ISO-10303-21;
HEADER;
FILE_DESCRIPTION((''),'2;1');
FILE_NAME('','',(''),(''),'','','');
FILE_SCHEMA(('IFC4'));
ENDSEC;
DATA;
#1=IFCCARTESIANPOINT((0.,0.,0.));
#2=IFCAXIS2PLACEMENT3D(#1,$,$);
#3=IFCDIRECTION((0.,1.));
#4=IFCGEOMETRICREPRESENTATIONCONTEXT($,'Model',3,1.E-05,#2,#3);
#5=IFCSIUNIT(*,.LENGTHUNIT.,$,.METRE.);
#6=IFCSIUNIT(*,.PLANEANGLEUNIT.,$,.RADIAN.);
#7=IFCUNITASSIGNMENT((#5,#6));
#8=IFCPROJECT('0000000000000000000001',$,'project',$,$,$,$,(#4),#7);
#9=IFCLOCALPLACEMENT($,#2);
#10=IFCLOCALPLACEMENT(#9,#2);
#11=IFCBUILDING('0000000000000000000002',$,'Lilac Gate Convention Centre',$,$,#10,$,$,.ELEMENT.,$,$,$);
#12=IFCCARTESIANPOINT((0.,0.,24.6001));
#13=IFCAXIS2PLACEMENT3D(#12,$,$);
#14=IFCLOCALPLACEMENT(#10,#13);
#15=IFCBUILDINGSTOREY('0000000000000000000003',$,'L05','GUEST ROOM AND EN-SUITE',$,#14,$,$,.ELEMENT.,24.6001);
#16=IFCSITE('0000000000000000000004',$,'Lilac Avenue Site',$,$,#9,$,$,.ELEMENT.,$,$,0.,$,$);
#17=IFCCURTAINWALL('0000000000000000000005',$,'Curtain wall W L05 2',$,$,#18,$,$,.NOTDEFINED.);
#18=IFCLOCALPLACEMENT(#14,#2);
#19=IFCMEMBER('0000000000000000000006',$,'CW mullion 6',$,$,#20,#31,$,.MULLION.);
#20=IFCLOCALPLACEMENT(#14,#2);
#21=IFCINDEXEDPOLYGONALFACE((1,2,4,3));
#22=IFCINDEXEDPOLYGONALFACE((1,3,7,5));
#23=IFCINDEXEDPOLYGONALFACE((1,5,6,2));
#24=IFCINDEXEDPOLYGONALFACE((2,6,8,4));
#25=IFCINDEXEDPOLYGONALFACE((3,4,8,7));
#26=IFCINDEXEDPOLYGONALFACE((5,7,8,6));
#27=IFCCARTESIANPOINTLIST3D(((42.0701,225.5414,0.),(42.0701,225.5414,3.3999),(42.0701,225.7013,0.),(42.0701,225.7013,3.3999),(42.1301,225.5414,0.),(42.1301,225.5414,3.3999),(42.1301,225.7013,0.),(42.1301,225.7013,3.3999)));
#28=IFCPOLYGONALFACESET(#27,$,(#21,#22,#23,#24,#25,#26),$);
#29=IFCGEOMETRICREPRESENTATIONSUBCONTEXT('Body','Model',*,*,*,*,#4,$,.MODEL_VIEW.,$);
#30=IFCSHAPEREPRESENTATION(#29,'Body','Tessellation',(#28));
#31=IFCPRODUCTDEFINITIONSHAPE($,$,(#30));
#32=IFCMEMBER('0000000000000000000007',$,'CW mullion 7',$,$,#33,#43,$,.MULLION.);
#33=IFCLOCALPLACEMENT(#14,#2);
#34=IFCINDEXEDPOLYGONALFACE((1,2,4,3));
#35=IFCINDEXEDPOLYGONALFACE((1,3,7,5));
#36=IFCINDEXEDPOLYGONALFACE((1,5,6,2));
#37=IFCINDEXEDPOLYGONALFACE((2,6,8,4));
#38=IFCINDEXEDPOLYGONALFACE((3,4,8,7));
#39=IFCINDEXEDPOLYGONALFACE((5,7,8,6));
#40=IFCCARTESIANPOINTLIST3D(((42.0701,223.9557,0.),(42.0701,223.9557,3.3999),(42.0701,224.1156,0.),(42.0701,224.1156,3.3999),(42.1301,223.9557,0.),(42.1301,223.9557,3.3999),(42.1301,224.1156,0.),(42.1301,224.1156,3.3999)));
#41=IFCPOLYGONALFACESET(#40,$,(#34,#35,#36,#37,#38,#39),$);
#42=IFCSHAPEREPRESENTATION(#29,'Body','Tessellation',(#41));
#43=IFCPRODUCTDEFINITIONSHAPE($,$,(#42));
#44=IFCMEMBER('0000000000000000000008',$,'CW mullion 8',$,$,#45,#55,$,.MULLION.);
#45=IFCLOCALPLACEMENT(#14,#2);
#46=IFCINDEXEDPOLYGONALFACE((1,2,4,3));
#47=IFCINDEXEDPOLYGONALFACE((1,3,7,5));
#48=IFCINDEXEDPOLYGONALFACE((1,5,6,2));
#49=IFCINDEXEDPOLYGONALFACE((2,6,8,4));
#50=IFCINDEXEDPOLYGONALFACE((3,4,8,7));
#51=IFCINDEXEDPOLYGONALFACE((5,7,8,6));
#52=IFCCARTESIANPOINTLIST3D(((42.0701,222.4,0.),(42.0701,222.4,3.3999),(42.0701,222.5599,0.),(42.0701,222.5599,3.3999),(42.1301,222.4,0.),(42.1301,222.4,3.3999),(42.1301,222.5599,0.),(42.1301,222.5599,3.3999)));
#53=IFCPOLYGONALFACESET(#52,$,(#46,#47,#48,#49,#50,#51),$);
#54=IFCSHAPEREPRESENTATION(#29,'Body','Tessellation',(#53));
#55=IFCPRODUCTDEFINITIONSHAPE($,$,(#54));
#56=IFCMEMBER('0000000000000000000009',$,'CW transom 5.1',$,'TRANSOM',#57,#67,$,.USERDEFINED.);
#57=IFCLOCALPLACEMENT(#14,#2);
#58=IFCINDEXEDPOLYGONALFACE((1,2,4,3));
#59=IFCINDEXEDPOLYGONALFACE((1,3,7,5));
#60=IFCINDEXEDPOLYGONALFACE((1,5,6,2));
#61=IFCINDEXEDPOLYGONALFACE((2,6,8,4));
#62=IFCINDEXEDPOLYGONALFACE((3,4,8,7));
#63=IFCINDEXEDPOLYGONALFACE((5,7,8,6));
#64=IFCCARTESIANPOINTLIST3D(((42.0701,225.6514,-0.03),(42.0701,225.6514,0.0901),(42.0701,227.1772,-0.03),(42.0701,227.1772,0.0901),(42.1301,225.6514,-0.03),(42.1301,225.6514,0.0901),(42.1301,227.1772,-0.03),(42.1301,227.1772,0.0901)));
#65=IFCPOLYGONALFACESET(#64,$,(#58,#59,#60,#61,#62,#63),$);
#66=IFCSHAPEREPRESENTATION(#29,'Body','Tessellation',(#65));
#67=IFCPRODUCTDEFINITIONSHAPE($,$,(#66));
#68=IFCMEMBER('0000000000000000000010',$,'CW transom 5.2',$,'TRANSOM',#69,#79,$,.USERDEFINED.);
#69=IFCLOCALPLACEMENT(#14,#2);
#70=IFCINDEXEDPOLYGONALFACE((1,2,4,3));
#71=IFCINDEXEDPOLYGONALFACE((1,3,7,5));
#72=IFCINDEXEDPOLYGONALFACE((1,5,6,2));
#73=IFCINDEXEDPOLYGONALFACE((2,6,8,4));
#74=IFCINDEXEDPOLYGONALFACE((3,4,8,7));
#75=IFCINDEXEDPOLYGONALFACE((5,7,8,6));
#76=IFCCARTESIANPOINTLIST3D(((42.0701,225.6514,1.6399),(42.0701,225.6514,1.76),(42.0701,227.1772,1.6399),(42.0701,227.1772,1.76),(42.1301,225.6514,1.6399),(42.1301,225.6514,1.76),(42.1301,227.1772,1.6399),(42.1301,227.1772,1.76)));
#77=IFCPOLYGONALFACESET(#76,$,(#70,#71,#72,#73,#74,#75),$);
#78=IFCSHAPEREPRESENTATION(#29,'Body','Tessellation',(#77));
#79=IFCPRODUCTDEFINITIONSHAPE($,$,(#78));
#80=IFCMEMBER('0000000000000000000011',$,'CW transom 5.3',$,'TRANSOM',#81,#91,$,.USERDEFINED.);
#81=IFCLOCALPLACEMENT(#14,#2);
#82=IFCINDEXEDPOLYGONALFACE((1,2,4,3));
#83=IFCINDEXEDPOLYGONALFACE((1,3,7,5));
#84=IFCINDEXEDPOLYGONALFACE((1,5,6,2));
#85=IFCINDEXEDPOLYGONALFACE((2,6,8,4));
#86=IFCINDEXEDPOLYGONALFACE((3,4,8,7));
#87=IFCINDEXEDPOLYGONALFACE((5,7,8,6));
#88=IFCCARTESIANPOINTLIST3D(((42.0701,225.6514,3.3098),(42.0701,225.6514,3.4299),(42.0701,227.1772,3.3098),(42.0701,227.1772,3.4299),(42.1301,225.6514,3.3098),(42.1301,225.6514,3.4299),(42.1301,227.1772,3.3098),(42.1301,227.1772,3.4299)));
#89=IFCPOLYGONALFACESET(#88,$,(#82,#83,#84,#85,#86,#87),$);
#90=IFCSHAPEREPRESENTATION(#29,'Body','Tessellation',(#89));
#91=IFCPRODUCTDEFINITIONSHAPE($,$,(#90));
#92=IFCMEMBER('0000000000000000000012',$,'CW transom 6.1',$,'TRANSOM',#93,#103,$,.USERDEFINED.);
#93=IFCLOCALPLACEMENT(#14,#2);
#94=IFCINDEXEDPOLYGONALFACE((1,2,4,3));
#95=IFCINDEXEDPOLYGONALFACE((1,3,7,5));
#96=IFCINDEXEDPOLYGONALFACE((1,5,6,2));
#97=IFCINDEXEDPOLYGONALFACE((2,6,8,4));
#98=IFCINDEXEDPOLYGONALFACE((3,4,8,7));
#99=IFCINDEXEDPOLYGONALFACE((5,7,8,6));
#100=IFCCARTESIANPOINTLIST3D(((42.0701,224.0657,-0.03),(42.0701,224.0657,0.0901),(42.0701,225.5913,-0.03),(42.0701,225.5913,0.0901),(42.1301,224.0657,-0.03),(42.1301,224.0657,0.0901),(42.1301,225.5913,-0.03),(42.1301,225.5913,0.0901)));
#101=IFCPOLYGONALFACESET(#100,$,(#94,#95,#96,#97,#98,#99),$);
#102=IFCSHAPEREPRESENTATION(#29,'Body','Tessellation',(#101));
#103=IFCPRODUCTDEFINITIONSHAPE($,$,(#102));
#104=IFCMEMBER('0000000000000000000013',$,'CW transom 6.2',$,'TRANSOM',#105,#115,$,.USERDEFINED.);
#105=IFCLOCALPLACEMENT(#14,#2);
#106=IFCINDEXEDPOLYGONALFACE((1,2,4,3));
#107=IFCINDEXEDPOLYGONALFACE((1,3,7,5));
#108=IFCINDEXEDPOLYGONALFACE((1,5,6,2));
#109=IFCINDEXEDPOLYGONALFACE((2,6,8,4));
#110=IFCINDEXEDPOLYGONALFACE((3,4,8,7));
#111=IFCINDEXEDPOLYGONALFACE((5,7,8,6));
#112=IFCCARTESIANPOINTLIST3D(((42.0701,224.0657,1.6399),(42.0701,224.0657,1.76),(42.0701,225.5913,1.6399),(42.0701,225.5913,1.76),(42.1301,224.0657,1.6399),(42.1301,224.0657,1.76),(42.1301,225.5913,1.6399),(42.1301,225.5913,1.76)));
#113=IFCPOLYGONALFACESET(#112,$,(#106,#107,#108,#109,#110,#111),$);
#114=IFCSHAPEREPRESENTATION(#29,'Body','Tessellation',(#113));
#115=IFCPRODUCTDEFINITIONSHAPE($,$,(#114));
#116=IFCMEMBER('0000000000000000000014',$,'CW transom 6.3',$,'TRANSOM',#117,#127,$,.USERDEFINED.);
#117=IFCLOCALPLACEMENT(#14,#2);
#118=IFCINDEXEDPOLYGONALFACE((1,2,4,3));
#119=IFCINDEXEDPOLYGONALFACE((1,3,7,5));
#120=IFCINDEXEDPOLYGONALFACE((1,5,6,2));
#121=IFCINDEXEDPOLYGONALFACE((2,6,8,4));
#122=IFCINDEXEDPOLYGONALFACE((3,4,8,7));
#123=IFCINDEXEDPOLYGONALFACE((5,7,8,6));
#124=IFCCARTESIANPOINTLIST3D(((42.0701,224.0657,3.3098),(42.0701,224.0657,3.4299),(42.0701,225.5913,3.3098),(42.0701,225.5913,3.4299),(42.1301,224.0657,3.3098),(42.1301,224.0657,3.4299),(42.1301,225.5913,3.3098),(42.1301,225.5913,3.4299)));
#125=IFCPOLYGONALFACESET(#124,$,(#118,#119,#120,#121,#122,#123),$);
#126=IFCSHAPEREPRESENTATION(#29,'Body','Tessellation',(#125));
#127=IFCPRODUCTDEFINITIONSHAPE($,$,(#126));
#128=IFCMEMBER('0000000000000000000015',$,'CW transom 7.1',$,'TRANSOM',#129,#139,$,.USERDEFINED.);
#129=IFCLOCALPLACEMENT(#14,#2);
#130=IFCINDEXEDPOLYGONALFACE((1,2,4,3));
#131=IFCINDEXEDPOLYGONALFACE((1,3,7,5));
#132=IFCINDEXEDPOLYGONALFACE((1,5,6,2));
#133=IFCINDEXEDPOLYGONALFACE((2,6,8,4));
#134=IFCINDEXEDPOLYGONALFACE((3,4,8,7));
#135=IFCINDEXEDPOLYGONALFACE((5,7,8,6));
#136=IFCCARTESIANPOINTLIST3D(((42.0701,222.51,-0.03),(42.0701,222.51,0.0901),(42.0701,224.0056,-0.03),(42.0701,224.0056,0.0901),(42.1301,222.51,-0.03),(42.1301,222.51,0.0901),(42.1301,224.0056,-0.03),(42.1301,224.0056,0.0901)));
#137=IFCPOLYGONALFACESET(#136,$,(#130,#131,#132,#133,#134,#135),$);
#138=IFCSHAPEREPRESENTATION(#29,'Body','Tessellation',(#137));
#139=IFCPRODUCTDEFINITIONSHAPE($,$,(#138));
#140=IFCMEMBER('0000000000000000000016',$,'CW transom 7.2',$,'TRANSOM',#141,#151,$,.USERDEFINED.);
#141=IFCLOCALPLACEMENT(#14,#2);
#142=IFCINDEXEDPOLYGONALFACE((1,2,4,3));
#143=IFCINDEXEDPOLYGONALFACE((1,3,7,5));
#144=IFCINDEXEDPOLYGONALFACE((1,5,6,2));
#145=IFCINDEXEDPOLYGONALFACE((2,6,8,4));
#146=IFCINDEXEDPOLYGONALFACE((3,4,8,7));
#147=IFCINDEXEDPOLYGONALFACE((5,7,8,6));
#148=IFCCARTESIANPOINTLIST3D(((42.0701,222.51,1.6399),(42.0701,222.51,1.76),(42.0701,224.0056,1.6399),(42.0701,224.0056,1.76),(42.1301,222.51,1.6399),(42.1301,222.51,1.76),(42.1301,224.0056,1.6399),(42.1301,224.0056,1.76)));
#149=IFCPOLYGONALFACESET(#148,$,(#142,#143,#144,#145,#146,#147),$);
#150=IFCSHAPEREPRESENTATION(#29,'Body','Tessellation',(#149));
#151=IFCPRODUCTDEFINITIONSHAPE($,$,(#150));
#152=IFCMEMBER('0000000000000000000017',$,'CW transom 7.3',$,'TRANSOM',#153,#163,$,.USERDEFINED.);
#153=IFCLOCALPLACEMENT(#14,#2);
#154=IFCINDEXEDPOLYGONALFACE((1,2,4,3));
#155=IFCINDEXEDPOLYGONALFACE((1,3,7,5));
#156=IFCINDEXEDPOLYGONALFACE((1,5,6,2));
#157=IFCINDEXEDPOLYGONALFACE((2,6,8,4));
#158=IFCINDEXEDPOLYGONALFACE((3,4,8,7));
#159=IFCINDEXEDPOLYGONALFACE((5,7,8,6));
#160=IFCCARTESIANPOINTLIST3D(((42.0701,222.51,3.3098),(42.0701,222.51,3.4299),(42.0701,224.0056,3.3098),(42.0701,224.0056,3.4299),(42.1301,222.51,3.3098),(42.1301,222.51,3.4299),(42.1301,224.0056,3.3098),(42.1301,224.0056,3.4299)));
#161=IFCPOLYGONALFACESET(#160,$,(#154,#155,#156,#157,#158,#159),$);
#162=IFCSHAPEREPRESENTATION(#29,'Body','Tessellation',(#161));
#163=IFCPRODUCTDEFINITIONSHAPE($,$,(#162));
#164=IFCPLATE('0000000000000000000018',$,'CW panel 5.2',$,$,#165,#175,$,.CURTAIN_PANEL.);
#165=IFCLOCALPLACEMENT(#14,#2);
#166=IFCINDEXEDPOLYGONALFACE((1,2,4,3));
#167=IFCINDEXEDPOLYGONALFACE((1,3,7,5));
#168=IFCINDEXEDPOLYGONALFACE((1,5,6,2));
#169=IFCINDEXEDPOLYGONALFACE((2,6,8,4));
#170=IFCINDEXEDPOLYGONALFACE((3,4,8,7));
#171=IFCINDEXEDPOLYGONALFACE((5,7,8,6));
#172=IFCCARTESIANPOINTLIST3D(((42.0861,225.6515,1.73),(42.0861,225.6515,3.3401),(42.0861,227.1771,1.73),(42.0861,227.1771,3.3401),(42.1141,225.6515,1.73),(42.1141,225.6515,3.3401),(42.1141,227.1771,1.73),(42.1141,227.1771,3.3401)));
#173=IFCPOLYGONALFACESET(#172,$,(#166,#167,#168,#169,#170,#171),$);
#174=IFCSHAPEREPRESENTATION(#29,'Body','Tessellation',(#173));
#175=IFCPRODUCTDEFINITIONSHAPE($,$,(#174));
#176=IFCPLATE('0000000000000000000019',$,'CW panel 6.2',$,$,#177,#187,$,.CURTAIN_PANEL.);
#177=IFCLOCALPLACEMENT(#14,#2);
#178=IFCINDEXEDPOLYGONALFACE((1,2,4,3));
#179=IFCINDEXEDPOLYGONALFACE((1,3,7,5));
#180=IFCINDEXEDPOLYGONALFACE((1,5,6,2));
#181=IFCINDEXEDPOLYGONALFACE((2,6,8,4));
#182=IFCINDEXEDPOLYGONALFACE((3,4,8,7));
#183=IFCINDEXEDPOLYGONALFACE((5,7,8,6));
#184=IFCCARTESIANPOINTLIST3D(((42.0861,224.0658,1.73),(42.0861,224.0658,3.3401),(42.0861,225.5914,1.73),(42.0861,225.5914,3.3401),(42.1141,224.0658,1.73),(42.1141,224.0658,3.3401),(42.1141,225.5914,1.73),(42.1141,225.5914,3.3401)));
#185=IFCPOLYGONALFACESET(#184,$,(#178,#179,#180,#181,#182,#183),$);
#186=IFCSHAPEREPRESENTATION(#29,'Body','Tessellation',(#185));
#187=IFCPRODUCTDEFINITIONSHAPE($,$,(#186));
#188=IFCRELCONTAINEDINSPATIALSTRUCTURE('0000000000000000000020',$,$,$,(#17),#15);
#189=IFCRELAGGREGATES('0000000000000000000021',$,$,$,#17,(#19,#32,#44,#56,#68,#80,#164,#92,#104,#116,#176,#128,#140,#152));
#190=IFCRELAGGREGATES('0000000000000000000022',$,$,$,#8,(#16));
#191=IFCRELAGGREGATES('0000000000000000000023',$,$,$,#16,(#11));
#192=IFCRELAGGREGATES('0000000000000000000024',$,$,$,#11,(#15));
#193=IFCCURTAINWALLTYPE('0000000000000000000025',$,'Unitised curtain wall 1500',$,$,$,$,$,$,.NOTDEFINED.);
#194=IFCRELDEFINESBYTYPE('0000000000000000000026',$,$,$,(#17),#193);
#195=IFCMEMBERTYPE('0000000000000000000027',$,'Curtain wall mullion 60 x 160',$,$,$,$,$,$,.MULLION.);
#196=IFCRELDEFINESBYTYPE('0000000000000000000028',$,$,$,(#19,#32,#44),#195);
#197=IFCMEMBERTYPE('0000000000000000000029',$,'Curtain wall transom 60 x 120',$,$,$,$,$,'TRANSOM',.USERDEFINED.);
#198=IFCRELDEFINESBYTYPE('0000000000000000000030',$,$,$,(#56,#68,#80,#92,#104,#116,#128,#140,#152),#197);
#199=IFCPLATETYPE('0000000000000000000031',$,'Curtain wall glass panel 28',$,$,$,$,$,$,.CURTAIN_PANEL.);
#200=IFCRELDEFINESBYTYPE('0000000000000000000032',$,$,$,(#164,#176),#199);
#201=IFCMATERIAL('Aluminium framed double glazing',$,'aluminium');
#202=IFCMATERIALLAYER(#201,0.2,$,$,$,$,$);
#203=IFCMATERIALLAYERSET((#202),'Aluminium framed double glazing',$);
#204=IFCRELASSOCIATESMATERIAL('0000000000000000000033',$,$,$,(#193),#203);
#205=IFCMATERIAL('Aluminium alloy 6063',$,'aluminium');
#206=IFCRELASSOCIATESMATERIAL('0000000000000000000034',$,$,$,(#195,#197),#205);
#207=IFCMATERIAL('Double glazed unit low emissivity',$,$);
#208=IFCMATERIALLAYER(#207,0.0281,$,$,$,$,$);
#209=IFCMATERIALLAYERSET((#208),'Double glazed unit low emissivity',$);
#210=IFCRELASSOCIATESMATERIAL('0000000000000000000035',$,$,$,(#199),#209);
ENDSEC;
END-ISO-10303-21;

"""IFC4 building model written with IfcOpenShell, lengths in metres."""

from ifc_helpers import new_model, si_unit, direction, frame, origin, origin_2d, place, context, subcontext, project, spatial, rectangle, extrude, material, layer, layer_set, material_profile, profile_set, type_object, element, aggregate, save


model = new_model("IFC4")

# Units and contexts
model_context = context("Model", 3, precision=1e-05, world=origin(), true_north=direction((0.0, 1.0)))
body_context = subcontext(model_context, "Body", "Model", "MODEL_VIEW")
ifc_project = project(units=[si_unit("LENGTHUNIT", "METRE"), si_unit("PLANEANGLEUNIT", "RADIAN")], contexts=[model_context])

# Site, building, storey
site_placement = place(None, origin())
site = spatial("IfcSite", under=ifc_project, at=site_placement, Name="Lilac Avenue Site", CompositionType="ELEMENT", RefElevation=0.0)
building_placement = place(site_placement, origin())
building = spatial("IfcBuilding", under=site, at=building_placement, Name="Lilac Gate Convention Centre", CompositionType="ELEMENT")
storey_placement = place(building_placement, frame((0.0, 0.0, 24.6001)))
storey = spatial("IfcBuildingStorey", under=building, at=storey_placement, Name="L05", Description="GUEST ROOM AND EN-SUITE", CompositionType="ELEMENT", Elevation=24.6001)

# Curtain wall, members, plates
ifc_material_1 = material(Name="Aluminium framed double glazing", Category="aluminium")
ifc_layer_1 = layer(ifc_material_1, 0.2)
ifc_layer_set_1 = layer_set([ifc_layer_1], Name="Aluminium framed double glazing")
curtain_wall_type = type_object("IfcCurtainWallType", Name="Unitised curtain wall 1500", PredefinedType="NOTDEFINED", material=ifc_layer_set_1)
curtain_wall_placement = place(storey_placement, origin())
curtain_wall = element("IfcCurtainWall", 1, at=curtain_wall_placement, inside=storey, type_object=curtain_wall_type, Name="Curtain wall W L05 2", PredefinedType="NOTDEFINED")
ifc_material_2 = material(Name="Aluminium alloy 6063", Category="aluminium")
ifc_material_profile_1 = material_profile(ifc_material_2, rectangle(XDim=0.0601, YDim=0.1599, at=origin_2d()), Name="Curtain wall mullion 60 x 160")
ifc_profile_set_1 = profile_set([ifc_material_profile_1], Name="Aluminium alloy 6063")
member_type_1 = type_object("IfcMemberType", Name="Curtain wall mullion 60 x 160", PredefinedType="MULLION", material=ifc_profile_set_1)
member_1_placement = place(storey_placement, frame((42.1001, 225.6213, 0.0), z_axis=(0.0, 0.0, 1.0), x_axis=(1.0, 0.0, 0.0)))
member_1 = element("IfcMember", 2, at=member_1_placement, type_object=member_type_1, Name="CW mullion 6", PredefinedType="MULLION", context=body_context, shape_type="SweptSolid", body=[
    extrude(rectangle(XDim=0.0601, YDim=0.1599, at=origin_2d()), origin(), (0.0, 0.0, 1.0), 3.3999),
])
member_2_placement = place(storey_placement, frame((42.1001, 224.0356, 0.0), z_axis=(0.0, 0.0, 1.0), x_axis=(1.0, 0.0, 0.0)))
member_2 = element("IfcMember", 3, at=member_2_placement, type_object=member_type_1, Name="CW mullion 7", PredefinedType="MULLION", context=body_context, shape_type="SweptSolid", body=[
    extrude(rectangle(XDim=0.0601, YDim=0.1599, at=origin_2d()), origin(), (0.0, 0.0, 1.0), 3.3999),
])
member_3_placement = place(storey_placement, frame((42.1001, 222.48, 0.0), z_axis=(0.0, 0.0, 1.0), x_axis=(1.0, 0.0, 0.0)))
member_3 = element("IfcMember", 4, at=member_3_placement, type_object=member_type_1, Name="CW mullion 8", PredefinedType="MULLION", context=body_context, shape_type="SweptSolid", body=[
    extrude(rectangle(XDim=0.0601, YDim=0.1599, at=origin_2d()), origin(), (0.0, 0.0, 1.0), 3.3999),
])
ifc_material_profile_2 = material_profile(ifc_material_2, rectangle(XDim=0.0601, YDim=0.1201, at=origin_2d()), Name="Curtain wall transom 60 x 120")
ifc_profile_set_2 = profile_set([ifc_material_profile_2], Name="Aluminium alloy 6063")
member_type_2 = type_object("IfcMemberType", Name="Curtain wall transom 60 x 120", ElementType="TRANSOM", PredefinedType="USERDEFINED", material=ifc_profile_set_2)
member_4_placement = place(storey_placement, frame((42.1001, 227.1772, 0.03), z_axis=(0.0, -1.0, 0.0), x_axis=(1.0, 0.0, 0.0)))
member_4 = element("IfcMember", 5, at=member_4_placement, type_object=member_type_2, Name="CW transom 5.1", ObjectType="TRANSOM", PredefinedType="USERDEFINED", context=body_context, shape_type="SweptSolid", body=[
    extrude(rectangle(XDim=0.0601, YDim=0.1201, at=origin_2d()), origin(), (0.0, 0.0, 1.0), 1.5259),
])
member_5_placement = place(storey_placement, frame((42.1001, 227.1772, 1.7), z_axis=(0.0, -1.0, 0.0), x_axis=(1.0, 0.0, 0.0)))
member_5 = element("IfcMember", 6, at=member_5_placement, type_object=member_type_2, Name="CW transom 5.2", ObjectType="TRANSOM", PredefinedType="USERDEFINED", context=body_context, shape_type="SweptSolid", body=[
    extrude(rectangle(XDim=0.0601, YDim=0.1201, at=origin_2d()), origin(), (0.0, 0.0, 1.0), 1.5259),
])
member_6_placement = place(storey_placement, frame((42.1001, 227.1772, 3.3699), z_axis=(0.0, -1.0, 0.0), x_axis=(1.0, 0.0, 0.0)))
member_6 = element("IfcMember", 7, at=member_6_placement, type_object=member_type_2, Name="CW transom 5.3", ObjectType="TRANSOM", PredefinedType="USERDEFINED", context=body_context, shape_type="SweptSolid", body=[
    extrude(rectangle(XDim=0.0601, YDim=0.1201, at=origin_2d()), origin(), (0.0, 0.0, 1.0), 1.5259),
])
member_7_placement = place(storey_placement, frame((42.1001, 225.5913, 0.03), z_axis=(0.0, -1.0, 0.0), x_axis=(1.0, 0.0, 0.0)))
member_7 = element("IfcMember", 8, at=member_7_placement, type_object=member_type_2, Name="CW transom 6.1", ObjectType="TRANSOM", PredefinedType="USERDEFINED", context=body_context, shape_type="SweptSolid", body=[
    extrude(rectangle(XDim=0.0601, YDim=0.1201, at=origin_2d()), origin(), (0.0, 0.0, 1.0), 1.5256),
])
member_8_placement = place(storey_placement, frame((42.1001, 225.5913, 1.7), z_axis=(0.0, -1.0, 0.0), x_axis=(1.0, 0.0, 0.0)))
member_8 = element("IfcMember", 9, at=member_8_placement, type_object=member_type_2, Name="CW transom 6.2", ObjectType="TRANSOM", PredefinedType="USERDEFINED", context=body_context, shape_type="SweptSolid", body=[
    extrude(rectangle(XDim=0.0601, YDim=0.1201, at=origin_2d()), origin(), (0.0, 0.0, 1.0), 1.5256),
])
member_9_placement = place(storey_placement, frame((42.1001, 225.5913, 3.3699), z_axis=(0.0, -1.0, 0.0), x_axis=(1.0, 0.0, 0.0)))
member_9 = element("IfcMember", 10, at=member_9_placement, type_object=member_type_2, Name="CW transom 6.3", ObjectType="TRANSOM", PredefinedType="USERDEFINED", context=body_context, shape_type="SweptSolid", body=[
    extrude(rectangle(XDim=0.0601, YDim=0.1201, at=origin_2d()), origin(), (0.0, 0.0, 1.0), 1.5256),
])
member_10_placement = place(storey_placement, frame((42.1001, 224.0056, 0.03), z_axis=(0.0, -1.0, 0.0), x_axis=(1.0, 0.0, 0.0)))
member_10 = element("IfcMember", 11, at=member_10_placement, type_object=member_type_2, Name="CW transom 7.1", ObjectType="TRANSOM", PredefinedType="USERDEFINED", context=body_context, shape_type="SweptSolid", body=[
    extrude(rectangle(XDim=0.0601, YDim=0.1201, at=origin_2d()), origin(), (0.0, 0.0, 1.0), 1.4956),
])
member_11_placement = place(storey_placement, frame((42.1001, 224.0056, 1.7), z_axis=(0.0, -1.0, 0.0), x_axis=(1.0, 0.0, 0.0)))
member_11 = element("IfcMember", 12, at=member_11_placement, type_object=member_type_2, Name="CW transom 7.2", ObjectType="TRANSOM", PredefinedType="USERDEFINED", context=body_context, shape_type="SweptSolid", body=[
    extrude(rectangle(XDim=0.0601, YDim=0.1201, at=origin_2d()), origin(), (0.0, 0.0, 1.0), 1.4956),
])
member_12_placement = place(storey_placement, frame((42.1001, 224.0056, 3.3699), z_axis=(0.0, -1.0, 0.0), x_axis=(1.0, 0.0, 0.0)))
member_12 = element("IfcMember", 13, at=member_12_placement, type_object=member_type_2, Name="CW transom 7.3", ObjectType="TRANSOM", PredefinedType="USERDEFINED", context=body_context, shape_type="SweptSolid", body=[
    extrude(rectangle(XDim=0.0601, YDim=0.1201, at=origin_2d()), origin(), (0.0, 0.0, 1.0), 1.4956),
])
ifc_material_3 = material(Name="Double glazed unit low emissivity")
ifc_layer_2 = layer(ifc_material_3, 0.0281)
ifc_layer_set_2 = layer_set([ifc_layer_2], Name="Double glazed unit low emissivity")
plate_type_1 = type_object("IfcPlateType", Name="Curtain wall glass panel 28", PredefinedType="CURTAIN_PANEL", material=ifc_layer_set_2)
plate_1_placement = place(storey_placement, frame((42.1001, 226.4143, 1.73), z_axis=(0.0, 0.0, 1.0), x_axis=(0.0, -1.0, 0.0)))
plate_1 = element("IfcPlate", 14, at=plate_1_placement, type_object=plate_type_1, Name="CW panel 5.2", PredefinedType="CURTAIN_PANEL", context=body_context, shape_type="SweptSolid", body=[
    extrude(rectangle(XDim=1.5256, YDim=0.0281, at=origin_2d()), origin(), (0.0, 0.0, 1.0), 1.6101),
])
plate_2_placement = place(storey_placement, frame((42.1001, 224.8286, 1.73), z_axis=(0.0, 0.0, 1.0), x_axis=(0.0, -1.0, 0.0)))
plate_2 = element("IfcPlate", 15, at=plate_2_placement, type_object=plate_type_1, Name="CW panel 6.2", PredefinedType="CURTAIN_PANEL", context=body_context, shape_type="SweptSolid", body=[
    extrude(rectangle(XDim=1.5256, YDim=0.0281, at=origin_2d()), origin(), (0.0, 0.0, 1.0), 1.6101),
])
aggregate(curtain_wall, [member_1, member_2, member_3, member_4, member_5, member_6, plate_1, member_7, member_8, member_9, plate_2, member_10, member_11, member_12])

save(model, "model.ifc")
